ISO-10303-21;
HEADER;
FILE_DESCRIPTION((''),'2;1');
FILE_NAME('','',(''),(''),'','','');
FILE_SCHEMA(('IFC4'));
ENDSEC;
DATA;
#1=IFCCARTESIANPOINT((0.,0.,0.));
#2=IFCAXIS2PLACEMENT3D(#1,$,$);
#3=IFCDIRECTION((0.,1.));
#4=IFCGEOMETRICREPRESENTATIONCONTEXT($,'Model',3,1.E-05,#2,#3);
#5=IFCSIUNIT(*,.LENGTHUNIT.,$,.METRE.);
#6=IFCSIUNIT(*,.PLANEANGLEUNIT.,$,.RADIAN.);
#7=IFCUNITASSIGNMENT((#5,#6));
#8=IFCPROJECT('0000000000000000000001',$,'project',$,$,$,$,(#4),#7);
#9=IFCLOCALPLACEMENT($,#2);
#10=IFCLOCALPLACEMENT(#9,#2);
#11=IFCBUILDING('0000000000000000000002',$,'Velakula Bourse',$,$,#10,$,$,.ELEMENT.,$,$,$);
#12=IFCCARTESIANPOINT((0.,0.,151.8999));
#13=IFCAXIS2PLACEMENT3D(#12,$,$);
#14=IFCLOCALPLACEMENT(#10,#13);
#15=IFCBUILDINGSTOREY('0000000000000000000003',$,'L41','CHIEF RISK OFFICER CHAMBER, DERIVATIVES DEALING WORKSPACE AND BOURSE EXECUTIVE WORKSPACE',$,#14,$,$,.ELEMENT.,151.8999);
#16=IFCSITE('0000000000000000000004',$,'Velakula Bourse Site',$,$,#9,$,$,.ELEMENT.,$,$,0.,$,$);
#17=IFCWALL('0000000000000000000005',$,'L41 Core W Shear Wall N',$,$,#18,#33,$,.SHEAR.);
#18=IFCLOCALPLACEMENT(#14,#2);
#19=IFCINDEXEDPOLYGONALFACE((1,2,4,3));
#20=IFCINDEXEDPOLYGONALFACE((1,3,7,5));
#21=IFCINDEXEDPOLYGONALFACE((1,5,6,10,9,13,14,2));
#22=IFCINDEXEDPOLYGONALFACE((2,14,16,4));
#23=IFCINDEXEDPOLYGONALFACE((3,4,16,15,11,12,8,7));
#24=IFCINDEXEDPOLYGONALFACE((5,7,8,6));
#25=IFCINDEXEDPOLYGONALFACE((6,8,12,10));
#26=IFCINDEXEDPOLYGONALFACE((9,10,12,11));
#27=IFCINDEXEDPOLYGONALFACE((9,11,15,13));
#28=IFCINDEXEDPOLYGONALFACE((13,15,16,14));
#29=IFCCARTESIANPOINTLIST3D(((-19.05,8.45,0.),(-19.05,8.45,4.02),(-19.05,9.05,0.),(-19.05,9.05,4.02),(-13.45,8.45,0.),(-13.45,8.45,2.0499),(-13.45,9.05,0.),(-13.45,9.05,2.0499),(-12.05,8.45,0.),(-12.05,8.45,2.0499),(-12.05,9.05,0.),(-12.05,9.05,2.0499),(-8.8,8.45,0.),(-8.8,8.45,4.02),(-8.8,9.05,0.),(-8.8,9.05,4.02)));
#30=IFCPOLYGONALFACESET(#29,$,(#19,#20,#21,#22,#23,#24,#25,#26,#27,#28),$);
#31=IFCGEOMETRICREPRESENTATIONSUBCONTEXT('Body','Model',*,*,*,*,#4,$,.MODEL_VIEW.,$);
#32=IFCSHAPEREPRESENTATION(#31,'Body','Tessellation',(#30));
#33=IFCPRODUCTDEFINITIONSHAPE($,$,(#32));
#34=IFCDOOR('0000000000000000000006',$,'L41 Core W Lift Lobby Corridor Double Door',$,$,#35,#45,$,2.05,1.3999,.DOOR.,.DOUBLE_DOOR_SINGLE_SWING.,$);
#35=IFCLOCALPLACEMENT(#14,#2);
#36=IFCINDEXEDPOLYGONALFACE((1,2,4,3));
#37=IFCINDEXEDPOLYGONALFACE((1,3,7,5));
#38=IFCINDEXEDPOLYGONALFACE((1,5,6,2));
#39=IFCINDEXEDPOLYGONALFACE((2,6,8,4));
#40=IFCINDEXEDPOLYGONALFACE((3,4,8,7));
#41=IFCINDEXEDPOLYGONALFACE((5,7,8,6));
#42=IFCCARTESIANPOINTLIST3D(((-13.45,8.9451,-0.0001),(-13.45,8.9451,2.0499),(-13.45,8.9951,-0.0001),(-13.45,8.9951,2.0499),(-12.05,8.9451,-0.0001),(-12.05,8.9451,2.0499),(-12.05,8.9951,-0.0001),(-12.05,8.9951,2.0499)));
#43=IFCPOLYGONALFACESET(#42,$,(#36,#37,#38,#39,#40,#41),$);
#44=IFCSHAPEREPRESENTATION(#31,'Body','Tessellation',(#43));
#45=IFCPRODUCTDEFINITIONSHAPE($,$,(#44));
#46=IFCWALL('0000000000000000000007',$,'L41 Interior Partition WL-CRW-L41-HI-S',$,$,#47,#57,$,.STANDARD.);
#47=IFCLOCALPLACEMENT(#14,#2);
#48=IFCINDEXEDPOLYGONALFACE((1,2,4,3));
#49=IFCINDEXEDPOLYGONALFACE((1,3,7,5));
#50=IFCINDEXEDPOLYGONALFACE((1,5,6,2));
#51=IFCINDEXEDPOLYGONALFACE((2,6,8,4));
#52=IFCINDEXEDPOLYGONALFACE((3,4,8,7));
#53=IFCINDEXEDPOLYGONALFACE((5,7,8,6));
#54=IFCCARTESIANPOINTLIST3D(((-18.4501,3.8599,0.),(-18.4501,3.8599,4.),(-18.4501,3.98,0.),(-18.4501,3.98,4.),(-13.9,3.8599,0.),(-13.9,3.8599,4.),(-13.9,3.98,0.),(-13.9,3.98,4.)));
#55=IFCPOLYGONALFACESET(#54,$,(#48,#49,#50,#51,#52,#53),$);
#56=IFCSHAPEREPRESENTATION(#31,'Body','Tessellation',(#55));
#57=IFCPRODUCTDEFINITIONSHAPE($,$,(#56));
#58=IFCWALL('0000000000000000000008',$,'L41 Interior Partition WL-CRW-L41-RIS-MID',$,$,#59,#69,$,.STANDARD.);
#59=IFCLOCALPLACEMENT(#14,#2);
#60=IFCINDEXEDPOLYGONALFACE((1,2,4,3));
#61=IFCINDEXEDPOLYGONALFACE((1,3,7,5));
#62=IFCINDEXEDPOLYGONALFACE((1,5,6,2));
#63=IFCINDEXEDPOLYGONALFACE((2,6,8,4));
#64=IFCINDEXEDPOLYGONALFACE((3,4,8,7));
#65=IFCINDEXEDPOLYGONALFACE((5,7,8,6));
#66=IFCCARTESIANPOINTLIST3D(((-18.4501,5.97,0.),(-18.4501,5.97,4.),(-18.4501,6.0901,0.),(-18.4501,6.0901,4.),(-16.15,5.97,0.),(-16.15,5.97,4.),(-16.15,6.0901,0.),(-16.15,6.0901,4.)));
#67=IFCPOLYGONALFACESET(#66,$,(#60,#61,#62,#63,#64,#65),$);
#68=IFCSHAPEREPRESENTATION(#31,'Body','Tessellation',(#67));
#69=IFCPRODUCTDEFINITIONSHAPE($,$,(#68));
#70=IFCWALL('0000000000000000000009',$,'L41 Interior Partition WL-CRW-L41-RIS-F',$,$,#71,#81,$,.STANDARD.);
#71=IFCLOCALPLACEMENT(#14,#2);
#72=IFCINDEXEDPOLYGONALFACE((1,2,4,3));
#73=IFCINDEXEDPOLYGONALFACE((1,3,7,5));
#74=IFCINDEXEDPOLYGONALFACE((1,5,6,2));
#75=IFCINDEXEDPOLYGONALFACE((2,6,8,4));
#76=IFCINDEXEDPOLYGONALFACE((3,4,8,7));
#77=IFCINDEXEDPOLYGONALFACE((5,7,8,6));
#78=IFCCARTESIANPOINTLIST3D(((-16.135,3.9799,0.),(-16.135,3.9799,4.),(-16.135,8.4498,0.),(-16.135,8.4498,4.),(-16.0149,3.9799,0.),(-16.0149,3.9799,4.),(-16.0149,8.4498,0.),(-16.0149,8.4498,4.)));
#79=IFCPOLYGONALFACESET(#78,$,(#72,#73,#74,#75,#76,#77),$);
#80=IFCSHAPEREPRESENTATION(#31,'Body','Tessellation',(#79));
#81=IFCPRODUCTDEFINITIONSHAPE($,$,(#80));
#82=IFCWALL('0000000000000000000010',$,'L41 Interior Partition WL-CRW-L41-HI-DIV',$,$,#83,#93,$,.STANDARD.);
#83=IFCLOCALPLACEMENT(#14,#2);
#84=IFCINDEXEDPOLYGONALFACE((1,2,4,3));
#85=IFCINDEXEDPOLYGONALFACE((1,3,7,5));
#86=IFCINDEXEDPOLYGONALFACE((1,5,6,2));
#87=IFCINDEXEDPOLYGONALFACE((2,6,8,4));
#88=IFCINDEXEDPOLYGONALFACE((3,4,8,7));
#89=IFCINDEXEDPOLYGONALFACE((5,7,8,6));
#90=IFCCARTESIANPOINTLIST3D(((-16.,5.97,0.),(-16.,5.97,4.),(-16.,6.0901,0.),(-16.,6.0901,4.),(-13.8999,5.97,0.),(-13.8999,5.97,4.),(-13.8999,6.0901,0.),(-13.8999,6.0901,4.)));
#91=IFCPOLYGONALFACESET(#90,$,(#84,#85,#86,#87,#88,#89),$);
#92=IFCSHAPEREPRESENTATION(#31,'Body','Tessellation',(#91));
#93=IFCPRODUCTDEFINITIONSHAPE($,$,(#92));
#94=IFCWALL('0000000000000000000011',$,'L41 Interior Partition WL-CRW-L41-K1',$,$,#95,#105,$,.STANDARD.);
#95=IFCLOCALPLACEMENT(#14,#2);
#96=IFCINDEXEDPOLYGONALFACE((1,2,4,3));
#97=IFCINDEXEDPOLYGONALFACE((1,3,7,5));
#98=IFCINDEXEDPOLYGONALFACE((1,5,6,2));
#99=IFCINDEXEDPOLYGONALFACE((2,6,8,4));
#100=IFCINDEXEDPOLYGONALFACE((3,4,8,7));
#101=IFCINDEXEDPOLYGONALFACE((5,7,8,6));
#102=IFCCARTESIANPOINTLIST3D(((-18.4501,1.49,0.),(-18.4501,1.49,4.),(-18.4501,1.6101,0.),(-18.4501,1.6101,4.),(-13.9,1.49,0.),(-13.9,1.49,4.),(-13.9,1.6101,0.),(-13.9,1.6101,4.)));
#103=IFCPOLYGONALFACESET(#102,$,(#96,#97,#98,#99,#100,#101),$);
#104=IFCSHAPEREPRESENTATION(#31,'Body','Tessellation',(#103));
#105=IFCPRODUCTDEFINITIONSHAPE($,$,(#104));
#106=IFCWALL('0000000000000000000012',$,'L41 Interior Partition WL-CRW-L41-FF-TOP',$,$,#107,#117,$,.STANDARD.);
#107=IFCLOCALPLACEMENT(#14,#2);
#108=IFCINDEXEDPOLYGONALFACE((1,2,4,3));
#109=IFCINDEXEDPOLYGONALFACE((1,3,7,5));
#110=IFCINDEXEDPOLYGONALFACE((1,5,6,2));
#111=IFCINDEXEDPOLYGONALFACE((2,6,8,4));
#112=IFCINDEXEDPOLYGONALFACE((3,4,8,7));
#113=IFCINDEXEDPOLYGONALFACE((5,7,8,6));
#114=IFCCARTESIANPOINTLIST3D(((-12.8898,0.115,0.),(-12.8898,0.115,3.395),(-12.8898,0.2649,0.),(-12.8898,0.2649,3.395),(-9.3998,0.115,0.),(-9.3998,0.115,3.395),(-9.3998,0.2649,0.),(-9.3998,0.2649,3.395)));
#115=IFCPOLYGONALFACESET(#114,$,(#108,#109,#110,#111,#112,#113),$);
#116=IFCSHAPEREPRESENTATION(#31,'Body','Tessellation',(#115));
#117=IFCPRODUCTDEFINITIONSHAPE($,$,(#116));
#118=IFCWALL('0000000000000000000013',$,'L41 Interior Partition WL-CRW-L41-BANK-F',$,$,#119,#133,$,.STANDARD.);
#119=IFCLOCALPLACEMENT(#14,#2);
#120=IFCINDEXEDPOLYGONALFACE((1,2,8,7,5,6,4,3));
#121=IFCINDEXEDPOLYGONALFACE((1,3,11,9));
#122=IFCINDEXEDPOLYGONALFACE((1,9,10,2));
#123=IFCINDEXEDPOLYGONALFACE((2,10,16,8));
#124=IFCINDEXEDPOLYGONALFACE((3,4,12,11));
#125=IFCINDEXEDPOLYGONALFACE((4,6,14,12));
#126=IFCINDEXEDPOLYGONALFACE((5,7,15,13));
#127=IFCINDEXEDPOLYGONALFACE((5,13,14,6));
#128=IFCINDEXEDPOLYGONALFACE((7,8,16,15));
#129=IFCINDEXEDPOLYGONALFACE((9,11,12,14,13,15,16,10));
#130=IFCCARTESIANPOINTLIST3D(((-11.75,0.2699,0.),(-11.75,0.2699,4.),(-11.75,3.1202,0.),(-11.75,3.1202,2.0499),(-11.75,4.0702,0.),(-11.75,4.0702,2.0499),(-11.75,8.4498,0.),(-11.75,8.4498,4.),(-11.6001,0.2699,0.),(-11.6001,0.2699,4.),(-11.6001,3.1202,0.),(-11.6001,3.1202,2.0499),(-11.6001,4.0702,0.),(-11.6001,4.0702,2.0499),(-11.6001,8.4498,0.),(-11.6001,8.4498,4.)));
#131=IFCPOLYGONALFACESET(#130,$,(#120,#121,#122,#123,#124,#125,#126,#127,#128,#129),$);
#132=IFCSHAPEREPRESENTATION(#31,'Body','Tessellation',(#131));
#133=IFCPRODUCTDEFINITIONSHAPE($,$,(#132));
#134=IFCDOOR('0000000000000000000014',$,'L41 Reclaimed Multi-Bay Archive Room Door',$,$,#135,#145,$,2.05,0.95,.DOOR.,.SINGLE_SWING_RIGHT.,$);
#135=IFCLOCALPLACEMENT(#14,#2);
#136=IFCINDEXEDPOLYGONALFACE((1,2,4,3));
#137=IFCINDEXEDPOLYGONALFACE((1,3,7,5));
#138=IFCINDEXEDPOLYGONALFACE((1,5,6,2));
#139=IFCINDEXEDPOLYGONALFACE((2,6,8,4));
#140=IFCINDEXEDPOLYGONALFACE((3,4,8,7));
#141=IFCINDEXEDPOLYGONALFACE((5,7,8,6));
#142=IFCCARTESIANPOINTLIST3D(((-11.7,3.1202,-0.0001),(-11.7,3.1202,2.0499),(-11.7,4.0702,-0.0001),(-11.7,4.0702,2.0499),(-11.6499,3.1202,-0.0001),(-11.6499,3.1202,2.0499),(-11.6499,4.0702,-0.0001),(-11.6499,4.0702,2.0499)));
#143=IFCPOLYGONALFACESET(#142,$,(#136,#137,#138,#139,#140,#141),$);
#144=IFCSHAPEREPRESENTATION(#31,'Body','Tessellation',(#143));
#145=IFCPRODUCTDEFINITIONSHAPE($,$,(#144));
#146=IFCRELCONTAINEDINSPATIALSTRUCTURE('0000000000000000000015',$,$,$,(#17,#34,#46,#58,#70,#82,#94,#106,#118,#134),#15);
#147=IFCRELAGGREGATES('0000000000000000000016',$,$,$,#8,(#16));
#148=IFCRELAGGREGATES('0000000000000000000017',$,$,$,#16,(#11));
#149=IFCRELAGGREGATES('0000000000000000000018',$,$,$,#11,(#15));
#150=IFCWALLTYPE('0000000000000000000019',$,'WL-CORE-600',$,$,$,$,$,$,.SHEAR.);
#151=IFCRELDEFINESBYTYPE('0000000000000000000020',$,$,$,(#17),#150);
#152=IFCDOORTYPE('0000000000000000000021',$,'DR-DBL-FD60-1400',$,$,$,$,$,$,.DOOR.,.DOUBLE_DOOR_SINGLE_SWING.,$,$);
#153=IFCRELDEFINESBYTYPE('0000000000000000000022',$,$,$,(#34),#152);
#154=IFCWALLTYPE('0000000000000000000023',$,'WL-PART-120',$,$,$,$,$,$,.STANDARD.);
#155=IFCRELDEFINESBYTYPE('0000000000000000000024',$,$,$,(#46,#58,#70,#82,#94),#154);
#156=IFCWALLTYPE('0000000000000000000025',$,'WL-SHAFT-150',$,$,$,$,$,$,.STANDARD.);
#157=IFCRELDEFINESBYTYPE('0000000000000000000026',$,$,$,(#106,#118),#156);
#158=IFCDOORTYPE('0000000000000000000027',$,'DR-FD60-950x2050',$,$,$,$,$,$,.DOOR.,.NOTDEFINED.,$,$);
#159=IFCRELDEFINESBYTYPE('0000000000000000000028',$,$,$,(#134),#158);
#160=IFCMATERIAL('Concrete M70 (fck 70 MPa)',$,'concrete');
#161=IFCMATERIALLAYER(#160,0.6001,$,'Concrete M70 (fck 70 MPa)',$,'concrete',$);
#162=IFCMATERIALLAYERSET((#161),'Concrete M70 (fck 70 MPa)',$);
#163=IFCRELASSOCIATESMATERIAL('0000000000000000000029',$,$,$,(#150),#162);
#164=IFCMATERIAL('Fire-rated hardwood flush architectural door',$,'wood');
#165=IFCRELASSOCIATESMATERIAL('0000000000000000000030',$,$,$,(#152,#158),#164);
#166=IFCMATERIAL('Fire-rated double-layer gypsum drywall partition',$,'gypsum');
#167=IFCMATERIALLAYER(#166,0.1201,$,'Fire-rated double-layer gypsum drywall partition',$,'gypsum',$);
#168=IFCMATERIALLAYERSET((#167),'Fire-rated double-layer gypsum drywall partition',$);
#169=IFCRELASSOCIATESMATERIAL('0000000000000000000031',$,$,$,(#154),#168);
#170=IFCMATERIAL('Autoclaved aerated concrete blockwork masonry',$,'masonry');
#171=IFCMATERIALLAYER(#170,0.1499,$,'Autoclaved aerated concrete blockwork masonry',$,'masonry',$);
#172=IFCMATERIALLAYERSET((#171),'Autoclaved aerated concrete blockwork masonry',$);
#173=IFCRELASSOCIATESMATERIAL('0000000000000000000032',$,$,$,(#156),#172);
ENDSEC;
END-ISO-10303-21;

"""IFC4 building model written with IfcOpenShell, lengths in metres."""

from ifc_helpers import new_model, si_unit, direction, frame, frame_2d, origin, place, context, subcontext, project, spatial, rectangle, extrude, material, layer, layer_set, type_object, element, fill, save


model = new_model("IFC4")

# Units and contexts
model_context = context("Model", 3, precision=1e-05, world=origin(), true_north=direction((0.0, 1.0)))
body_context = subcontext(model_context, "Body", "Model", "MODEL_VIEW")
ifc_project = project(units=[si_unit("LENGTHUNIT", "METRE"), si_unit("PLANEANGLEUNIT", "RADIAN")], contexts=[model_context])

# Site, building, storey
site_placement = place(None, origin())
site = spatial("IfcSite", under=ifc_project, at=site_placement, Name="Velakula Bourse Site", CompositionType="ELEMENT", RefElevation=0.0)
building_placement = place(site_placement, origin())
building = spatial("IfcBuilding", under=site, at=building_placement, Name="Velakula Bourse", CompositionType="ELEMENT")
storey_placement = place(building_placement, frame((0.0, 0.0, 151.8999)))
storey = spatial("IfcBuildingStorey", under=building, at=storey_placement, Name="L41", Description="CHIEF RISK OFFICER CHAMBER, DERIVATIVES DEALING WORKSPACE AND BOURSE EXECUTIVE WORKSPACE", CompositionType="ELEMENT", Elevation=151.8999)

# Shared definitions
ifc_material_1 = material(Name="Concrete M70 (fck 70 MPa)", Category="concrete")

# Wall, opening, door
ifc_layer_1 = layer(ifc_material_1, 0.6001, Name="Concrete M70 (fck 70 MPa)", Category="concrete")
ifc_layer_set_1 = layer_set([ifc_layer_1], Name="Concrete M70 (fck 70 MPa)")
wall_type_1 = type_object("IfcWallType", Name="WL-CORE-600", PredefinedType="SHEAR", material=ifc_layer_set_1)
wall_1_placement = place(storey_placement, frame((-19.05, 8.75, 0.0), z_axis=(0.0, 0.0, 1.0), x_axis=(1.0, 0.0, 0.0)))
wall_1 = element("IfcWall", 1, at=wall_1_placement, inside=storey, type_object=wall_type_1, Name="L41 Core W Shear Wall N", PredefinedType="SHEAR", context=body_context, shape_type="SweptSolid", body=[
    extrude(rectangle(XDim=10.25, YDim=0.6001, at=frame_2d((5.125, 0.0))), origin(), (0.0, 0.0, 1.0), 4.02),
])
opening_1_placement = place(wall_1_placement, frame((5.6001, 0.0, 0.0)))
opening_1 = element("IfcOpeningElement", 2, at=opening_1_placement, cuts=wall_1, PredefinedType="OPENING", context=body_context, shape_type="SweptSolid", body=[
    extrude(rectangle(XDim=1.3999, YDim=2.05, at=frame_2d((0.7, 1.0249))), frame((0.0, 0.3101, 0.0), z_axis=(0.0, -1.0, 0.0), x_axis=(1.0, 0.0, 0.0)), (0.0, 0.0, 1.0), 0.6201),
])
ifc_material_2 = material(Name="Fire-rated hardwood flush architectural door", Category="wood")
door_type_1 = type_object("IfcDoorType", Name="DR-DBL-FD60-1400", OperationType="DOUBLE_DOOR_SINGLE_SWING", PredefinedType="DOOR", material=ifc_material_2)
door_1_placement = place(opening_1_placement, origin())
door_1 = element("IfcDoor", 3, at=door_1_placement, inside=storey, type_object=door_type_1, Name="L41 Core W Lift Lobby Corridor Double Door", OperationType="DOUBLE_DOOR_SINGLE_SWING", OverallHeight=2.05, OverallWidth=1.3999, PredefinedType="DOOR", context=body_context, shape_type="SweptSolid", body=[
    extrude(rectangle(XDim=1.3999, YDim=2.05, at=frame_2d((0.7, 1.0249))), frame((0.0, 0.2451, 0.0), z_axis=(0.0, -1.0, 0.0), x_axis=(1.0, 0.0, 0.0)), (0.0, 0.0, 1.0), 0.05),
])
fill(opening_1, door_1)

# Walls
ifc_material_3 = material(Name="Fire-rated double-layer gypsum drywall partition", Category="gypsum")
ifc_layer_2 = layer(ifc_material_3, 0.1201, Name="Fire-rated double-layer gypsum drywall partition", Category="gypsum")
ifc_layer_set_2 = layer_set([ifc_layer_2], Name="Fire-rated double-layer gypsum drywall partition")
wall_type_2 = type_object("IfcWallType", Name="WL-PART-120", PredefinedType="STANDARD", material=ifc_layer_set_2)
wall_2_placement = place(storey_placement, frame((-18.45, 3.9199, 0.0), z_axis=(0.0, 0.0, 1.0), x_axis=(1.0, 0.0, 0.0)))
element("IfcWall", 4, at=wall_2_placement, inside=storey, type_object=wall_type_2, Name="L41 Interior Partition WL-CRW-L41-HI-S", PredefinedType="STANDARD", context=body_context, shape_type="SweptSolid", body=[
    extrude(rectangle(XDim=4.55, YDim=0.1201, at=frame_2d((2.2749, 0.0))), origin(), (0.0, 0.0, 1.0), 4.0),
])
wall_3_placement = place(storey_placement, frame((-18.45, 6.03, 0.0), z_axis=(0.0, 0.0, 1.0), x_axis=(1.0, 0.0, 0.0)))
element("IfcWall", 5, at=wall_3_placement, inside=storey, type_object=wall_type_2, Name="L41 Interior Partition WL-CRW-L41-RIS-MID", PredefinedType="STANDARD", context=body_context, shape_type="SweptSolid", body=[
    extrude(rectangle(XDim=2.3, YDim=0.1201, at=frame_2d((1.1499, 0.0))), origin(), (0.0, 0.0, 1.0), 4.0),
])
wall_4_placement = place(storey_placement, frame((-16.075, 3.98, 0.0), z_axis=(0.0, 0.0, 1.0), x_axis=(0.0, 1.0, 0.0)))
element("IfcWall", 6, at=wall_4_placement, inside=storey, type_object=wall_type_2, Name="L41 Interior Partition WL-CRW-L41-RIS-F", PredefinedType="STANDARD", context=body_context, shape_type="SweptSolid", body=[
    extrude(rectangle(XDim=4.47, YDim=0.1201, at=frame_2d((2.2349, 0.0))), origin(), (0.0, 0.0, 1.0), 4.0),
])
wall_5_placement = place(storey_placement, frame((-16.0, 6.03, 0.0), z_axis=(0.0, 0.0, 1.0), x_axis=(1.0, 0.0, 0.0)))
element("IfcWall", 7, at=wall_5_placement, inside=storey, type_object=wall_type_2, Name="L41 Interior Partition WL-CRW-L41-HI-DIV", PredefinedType="STANDARD", context=body_context, shape_type="SweptSolid", body=[
    extrude(rectangle(XDim=2.1001, YDim=0.1201, at=frame_2d((1.05, 0.0))), origin(), (0.0, 0.0, 1.0), 4.0),
])
wall_6_placement = place(storey_placement, frame((-18.45, 1.55, 0.0), z_axis=(0.0, 0.0, 1.0), x_axis=(1.0, 0.0, 0.0)))
element("IfcWall", 8, at=wall_6_placement, inside=storey, type_object=wall_type_2, Name="L41 Interior Partition WL-CRW-L41-K1", PredefinedType="STANDARD", context=body_context, shape_type="SweptSolid", body=[
    extrude(rectangle(XDim=4.55, YDim=0.1201, at=frame_2d((2.2749, 0.0))), origin(), (0.0, 0.0, 1.0), 4.0),
])
ifc_material_4 = material(Name="Autoclaved aerated concrete blockwork masonry", Category="masonry")
ifc_layer_3 = layer(ifc_material_4, 0.1499, Name="Autoclaved aerated concrete blockwork masonry", Category="masonry")
ifc_layer_set_3 = layer_set([ifc_layer_3], Name="Autoclaved aerated concrete blockwork masonry")
wall_type_3 = type_object("IfcWallType", Name="WL-SHAFT-150", PredefinedType="STANDARD", material=ifc_layer_set_3)
wall_7_placement = place(storey_placement, frame((-12.8899, 0.1899, 0.0), z_axis=(0.0, 0.0, 1.0), x_axis=(1.0, 0.0, 0.0)))
element("IfcWall", 9, at=wall_7_placement, inside=storey, type_object=wall_type_3, Name="L41 Interior Partition WL-CRW-L41-FF-TOP", PredefinedType="STANDARD", context=body_context, shape_type="SweptSolid", body=[
    extrude(rectangle(XDim=3.49, YDim=0.1499, at=frame_2d((1.7451, 0.0))), origin(), (0.0, 0.0, 1.0), 3.395),
])

# Wall, opening, door
wall_8_placement = place(storey_placement, frame((-11.675, 0.27, 0.0), z_axis=(0.0, 0.0, 1.0), x_axis=(0.0, 1.0, 0.0)))
wall_8 = element("IfcWall", 10, at=wall_8_placement, inside=storey, type_object=wall_type_3, Name="L41 Interior Partition WL-CRW-L41-BANK-F", PredefinedType="STANDARD", context=body_context, shape_type="SweptSolid", body=[
    extrude(rectangle(XDim=8.1799, YDim=0.1499, at=frame_2d((4.0898, 0.0))), origin(), (0.0, 0.0, 1.0), 4.0),
])
opening_2_placement = place(wall_8_placement, frame((2.8501, 0.0, 0.0)))
opening_2 = element("IfcOpeningElement", 11, at=opening_2_placement, cuts=wall_8, PredefinedType="OPENING", context=body_context, shape_type="SweptSolid", body=[
    extrude(rectangle(XDim=0.95, YDim=2.05, at=frame_2d((0.4751, 1.0249))), frame((0.0, 0.085, 0.0), z_axis=(0.0, -1.0, 0.0), x_axis=(1.0, 0.0, 0.0)), (0.0, 0.0, 1.0), 0.1699),
])
door_type_2 = type_object("IfcDoorType", Name="DR-FD60-950x2050", OperationType="NOTDEFINED", PredefinedType="DOOR", material=ifc_material_2)
door_2_placement = place(opening_2_placement, origin())
door_2 = element("IfcDoor", 12, at=door_2_placement, inside=storey, type_object=door_type_2, Name="L41 Reclaimed Multi-Bay Archive Room Door", OperationType="SINGLE_SWING_RIGHT", OverallHeight=2.05, OverallWidth=0.95, PredefinedType="DOOR", context=body_context, shape_type="SweptSolid", body=[
    extrude(rectangle(XDim=0.95, YDim=2.05, at=frame_2d((0.4751, 1.0249))), frame((0.0, 0.0249, 0.0), z_axis=(0.0, -1.0, 0.0), x_axis=(1.0, 0.0, 0.0)), (0.0, 0.0, 1.0), 0.05),
])
fill(opening_2, door_2)

save(model, "model.ifc")
